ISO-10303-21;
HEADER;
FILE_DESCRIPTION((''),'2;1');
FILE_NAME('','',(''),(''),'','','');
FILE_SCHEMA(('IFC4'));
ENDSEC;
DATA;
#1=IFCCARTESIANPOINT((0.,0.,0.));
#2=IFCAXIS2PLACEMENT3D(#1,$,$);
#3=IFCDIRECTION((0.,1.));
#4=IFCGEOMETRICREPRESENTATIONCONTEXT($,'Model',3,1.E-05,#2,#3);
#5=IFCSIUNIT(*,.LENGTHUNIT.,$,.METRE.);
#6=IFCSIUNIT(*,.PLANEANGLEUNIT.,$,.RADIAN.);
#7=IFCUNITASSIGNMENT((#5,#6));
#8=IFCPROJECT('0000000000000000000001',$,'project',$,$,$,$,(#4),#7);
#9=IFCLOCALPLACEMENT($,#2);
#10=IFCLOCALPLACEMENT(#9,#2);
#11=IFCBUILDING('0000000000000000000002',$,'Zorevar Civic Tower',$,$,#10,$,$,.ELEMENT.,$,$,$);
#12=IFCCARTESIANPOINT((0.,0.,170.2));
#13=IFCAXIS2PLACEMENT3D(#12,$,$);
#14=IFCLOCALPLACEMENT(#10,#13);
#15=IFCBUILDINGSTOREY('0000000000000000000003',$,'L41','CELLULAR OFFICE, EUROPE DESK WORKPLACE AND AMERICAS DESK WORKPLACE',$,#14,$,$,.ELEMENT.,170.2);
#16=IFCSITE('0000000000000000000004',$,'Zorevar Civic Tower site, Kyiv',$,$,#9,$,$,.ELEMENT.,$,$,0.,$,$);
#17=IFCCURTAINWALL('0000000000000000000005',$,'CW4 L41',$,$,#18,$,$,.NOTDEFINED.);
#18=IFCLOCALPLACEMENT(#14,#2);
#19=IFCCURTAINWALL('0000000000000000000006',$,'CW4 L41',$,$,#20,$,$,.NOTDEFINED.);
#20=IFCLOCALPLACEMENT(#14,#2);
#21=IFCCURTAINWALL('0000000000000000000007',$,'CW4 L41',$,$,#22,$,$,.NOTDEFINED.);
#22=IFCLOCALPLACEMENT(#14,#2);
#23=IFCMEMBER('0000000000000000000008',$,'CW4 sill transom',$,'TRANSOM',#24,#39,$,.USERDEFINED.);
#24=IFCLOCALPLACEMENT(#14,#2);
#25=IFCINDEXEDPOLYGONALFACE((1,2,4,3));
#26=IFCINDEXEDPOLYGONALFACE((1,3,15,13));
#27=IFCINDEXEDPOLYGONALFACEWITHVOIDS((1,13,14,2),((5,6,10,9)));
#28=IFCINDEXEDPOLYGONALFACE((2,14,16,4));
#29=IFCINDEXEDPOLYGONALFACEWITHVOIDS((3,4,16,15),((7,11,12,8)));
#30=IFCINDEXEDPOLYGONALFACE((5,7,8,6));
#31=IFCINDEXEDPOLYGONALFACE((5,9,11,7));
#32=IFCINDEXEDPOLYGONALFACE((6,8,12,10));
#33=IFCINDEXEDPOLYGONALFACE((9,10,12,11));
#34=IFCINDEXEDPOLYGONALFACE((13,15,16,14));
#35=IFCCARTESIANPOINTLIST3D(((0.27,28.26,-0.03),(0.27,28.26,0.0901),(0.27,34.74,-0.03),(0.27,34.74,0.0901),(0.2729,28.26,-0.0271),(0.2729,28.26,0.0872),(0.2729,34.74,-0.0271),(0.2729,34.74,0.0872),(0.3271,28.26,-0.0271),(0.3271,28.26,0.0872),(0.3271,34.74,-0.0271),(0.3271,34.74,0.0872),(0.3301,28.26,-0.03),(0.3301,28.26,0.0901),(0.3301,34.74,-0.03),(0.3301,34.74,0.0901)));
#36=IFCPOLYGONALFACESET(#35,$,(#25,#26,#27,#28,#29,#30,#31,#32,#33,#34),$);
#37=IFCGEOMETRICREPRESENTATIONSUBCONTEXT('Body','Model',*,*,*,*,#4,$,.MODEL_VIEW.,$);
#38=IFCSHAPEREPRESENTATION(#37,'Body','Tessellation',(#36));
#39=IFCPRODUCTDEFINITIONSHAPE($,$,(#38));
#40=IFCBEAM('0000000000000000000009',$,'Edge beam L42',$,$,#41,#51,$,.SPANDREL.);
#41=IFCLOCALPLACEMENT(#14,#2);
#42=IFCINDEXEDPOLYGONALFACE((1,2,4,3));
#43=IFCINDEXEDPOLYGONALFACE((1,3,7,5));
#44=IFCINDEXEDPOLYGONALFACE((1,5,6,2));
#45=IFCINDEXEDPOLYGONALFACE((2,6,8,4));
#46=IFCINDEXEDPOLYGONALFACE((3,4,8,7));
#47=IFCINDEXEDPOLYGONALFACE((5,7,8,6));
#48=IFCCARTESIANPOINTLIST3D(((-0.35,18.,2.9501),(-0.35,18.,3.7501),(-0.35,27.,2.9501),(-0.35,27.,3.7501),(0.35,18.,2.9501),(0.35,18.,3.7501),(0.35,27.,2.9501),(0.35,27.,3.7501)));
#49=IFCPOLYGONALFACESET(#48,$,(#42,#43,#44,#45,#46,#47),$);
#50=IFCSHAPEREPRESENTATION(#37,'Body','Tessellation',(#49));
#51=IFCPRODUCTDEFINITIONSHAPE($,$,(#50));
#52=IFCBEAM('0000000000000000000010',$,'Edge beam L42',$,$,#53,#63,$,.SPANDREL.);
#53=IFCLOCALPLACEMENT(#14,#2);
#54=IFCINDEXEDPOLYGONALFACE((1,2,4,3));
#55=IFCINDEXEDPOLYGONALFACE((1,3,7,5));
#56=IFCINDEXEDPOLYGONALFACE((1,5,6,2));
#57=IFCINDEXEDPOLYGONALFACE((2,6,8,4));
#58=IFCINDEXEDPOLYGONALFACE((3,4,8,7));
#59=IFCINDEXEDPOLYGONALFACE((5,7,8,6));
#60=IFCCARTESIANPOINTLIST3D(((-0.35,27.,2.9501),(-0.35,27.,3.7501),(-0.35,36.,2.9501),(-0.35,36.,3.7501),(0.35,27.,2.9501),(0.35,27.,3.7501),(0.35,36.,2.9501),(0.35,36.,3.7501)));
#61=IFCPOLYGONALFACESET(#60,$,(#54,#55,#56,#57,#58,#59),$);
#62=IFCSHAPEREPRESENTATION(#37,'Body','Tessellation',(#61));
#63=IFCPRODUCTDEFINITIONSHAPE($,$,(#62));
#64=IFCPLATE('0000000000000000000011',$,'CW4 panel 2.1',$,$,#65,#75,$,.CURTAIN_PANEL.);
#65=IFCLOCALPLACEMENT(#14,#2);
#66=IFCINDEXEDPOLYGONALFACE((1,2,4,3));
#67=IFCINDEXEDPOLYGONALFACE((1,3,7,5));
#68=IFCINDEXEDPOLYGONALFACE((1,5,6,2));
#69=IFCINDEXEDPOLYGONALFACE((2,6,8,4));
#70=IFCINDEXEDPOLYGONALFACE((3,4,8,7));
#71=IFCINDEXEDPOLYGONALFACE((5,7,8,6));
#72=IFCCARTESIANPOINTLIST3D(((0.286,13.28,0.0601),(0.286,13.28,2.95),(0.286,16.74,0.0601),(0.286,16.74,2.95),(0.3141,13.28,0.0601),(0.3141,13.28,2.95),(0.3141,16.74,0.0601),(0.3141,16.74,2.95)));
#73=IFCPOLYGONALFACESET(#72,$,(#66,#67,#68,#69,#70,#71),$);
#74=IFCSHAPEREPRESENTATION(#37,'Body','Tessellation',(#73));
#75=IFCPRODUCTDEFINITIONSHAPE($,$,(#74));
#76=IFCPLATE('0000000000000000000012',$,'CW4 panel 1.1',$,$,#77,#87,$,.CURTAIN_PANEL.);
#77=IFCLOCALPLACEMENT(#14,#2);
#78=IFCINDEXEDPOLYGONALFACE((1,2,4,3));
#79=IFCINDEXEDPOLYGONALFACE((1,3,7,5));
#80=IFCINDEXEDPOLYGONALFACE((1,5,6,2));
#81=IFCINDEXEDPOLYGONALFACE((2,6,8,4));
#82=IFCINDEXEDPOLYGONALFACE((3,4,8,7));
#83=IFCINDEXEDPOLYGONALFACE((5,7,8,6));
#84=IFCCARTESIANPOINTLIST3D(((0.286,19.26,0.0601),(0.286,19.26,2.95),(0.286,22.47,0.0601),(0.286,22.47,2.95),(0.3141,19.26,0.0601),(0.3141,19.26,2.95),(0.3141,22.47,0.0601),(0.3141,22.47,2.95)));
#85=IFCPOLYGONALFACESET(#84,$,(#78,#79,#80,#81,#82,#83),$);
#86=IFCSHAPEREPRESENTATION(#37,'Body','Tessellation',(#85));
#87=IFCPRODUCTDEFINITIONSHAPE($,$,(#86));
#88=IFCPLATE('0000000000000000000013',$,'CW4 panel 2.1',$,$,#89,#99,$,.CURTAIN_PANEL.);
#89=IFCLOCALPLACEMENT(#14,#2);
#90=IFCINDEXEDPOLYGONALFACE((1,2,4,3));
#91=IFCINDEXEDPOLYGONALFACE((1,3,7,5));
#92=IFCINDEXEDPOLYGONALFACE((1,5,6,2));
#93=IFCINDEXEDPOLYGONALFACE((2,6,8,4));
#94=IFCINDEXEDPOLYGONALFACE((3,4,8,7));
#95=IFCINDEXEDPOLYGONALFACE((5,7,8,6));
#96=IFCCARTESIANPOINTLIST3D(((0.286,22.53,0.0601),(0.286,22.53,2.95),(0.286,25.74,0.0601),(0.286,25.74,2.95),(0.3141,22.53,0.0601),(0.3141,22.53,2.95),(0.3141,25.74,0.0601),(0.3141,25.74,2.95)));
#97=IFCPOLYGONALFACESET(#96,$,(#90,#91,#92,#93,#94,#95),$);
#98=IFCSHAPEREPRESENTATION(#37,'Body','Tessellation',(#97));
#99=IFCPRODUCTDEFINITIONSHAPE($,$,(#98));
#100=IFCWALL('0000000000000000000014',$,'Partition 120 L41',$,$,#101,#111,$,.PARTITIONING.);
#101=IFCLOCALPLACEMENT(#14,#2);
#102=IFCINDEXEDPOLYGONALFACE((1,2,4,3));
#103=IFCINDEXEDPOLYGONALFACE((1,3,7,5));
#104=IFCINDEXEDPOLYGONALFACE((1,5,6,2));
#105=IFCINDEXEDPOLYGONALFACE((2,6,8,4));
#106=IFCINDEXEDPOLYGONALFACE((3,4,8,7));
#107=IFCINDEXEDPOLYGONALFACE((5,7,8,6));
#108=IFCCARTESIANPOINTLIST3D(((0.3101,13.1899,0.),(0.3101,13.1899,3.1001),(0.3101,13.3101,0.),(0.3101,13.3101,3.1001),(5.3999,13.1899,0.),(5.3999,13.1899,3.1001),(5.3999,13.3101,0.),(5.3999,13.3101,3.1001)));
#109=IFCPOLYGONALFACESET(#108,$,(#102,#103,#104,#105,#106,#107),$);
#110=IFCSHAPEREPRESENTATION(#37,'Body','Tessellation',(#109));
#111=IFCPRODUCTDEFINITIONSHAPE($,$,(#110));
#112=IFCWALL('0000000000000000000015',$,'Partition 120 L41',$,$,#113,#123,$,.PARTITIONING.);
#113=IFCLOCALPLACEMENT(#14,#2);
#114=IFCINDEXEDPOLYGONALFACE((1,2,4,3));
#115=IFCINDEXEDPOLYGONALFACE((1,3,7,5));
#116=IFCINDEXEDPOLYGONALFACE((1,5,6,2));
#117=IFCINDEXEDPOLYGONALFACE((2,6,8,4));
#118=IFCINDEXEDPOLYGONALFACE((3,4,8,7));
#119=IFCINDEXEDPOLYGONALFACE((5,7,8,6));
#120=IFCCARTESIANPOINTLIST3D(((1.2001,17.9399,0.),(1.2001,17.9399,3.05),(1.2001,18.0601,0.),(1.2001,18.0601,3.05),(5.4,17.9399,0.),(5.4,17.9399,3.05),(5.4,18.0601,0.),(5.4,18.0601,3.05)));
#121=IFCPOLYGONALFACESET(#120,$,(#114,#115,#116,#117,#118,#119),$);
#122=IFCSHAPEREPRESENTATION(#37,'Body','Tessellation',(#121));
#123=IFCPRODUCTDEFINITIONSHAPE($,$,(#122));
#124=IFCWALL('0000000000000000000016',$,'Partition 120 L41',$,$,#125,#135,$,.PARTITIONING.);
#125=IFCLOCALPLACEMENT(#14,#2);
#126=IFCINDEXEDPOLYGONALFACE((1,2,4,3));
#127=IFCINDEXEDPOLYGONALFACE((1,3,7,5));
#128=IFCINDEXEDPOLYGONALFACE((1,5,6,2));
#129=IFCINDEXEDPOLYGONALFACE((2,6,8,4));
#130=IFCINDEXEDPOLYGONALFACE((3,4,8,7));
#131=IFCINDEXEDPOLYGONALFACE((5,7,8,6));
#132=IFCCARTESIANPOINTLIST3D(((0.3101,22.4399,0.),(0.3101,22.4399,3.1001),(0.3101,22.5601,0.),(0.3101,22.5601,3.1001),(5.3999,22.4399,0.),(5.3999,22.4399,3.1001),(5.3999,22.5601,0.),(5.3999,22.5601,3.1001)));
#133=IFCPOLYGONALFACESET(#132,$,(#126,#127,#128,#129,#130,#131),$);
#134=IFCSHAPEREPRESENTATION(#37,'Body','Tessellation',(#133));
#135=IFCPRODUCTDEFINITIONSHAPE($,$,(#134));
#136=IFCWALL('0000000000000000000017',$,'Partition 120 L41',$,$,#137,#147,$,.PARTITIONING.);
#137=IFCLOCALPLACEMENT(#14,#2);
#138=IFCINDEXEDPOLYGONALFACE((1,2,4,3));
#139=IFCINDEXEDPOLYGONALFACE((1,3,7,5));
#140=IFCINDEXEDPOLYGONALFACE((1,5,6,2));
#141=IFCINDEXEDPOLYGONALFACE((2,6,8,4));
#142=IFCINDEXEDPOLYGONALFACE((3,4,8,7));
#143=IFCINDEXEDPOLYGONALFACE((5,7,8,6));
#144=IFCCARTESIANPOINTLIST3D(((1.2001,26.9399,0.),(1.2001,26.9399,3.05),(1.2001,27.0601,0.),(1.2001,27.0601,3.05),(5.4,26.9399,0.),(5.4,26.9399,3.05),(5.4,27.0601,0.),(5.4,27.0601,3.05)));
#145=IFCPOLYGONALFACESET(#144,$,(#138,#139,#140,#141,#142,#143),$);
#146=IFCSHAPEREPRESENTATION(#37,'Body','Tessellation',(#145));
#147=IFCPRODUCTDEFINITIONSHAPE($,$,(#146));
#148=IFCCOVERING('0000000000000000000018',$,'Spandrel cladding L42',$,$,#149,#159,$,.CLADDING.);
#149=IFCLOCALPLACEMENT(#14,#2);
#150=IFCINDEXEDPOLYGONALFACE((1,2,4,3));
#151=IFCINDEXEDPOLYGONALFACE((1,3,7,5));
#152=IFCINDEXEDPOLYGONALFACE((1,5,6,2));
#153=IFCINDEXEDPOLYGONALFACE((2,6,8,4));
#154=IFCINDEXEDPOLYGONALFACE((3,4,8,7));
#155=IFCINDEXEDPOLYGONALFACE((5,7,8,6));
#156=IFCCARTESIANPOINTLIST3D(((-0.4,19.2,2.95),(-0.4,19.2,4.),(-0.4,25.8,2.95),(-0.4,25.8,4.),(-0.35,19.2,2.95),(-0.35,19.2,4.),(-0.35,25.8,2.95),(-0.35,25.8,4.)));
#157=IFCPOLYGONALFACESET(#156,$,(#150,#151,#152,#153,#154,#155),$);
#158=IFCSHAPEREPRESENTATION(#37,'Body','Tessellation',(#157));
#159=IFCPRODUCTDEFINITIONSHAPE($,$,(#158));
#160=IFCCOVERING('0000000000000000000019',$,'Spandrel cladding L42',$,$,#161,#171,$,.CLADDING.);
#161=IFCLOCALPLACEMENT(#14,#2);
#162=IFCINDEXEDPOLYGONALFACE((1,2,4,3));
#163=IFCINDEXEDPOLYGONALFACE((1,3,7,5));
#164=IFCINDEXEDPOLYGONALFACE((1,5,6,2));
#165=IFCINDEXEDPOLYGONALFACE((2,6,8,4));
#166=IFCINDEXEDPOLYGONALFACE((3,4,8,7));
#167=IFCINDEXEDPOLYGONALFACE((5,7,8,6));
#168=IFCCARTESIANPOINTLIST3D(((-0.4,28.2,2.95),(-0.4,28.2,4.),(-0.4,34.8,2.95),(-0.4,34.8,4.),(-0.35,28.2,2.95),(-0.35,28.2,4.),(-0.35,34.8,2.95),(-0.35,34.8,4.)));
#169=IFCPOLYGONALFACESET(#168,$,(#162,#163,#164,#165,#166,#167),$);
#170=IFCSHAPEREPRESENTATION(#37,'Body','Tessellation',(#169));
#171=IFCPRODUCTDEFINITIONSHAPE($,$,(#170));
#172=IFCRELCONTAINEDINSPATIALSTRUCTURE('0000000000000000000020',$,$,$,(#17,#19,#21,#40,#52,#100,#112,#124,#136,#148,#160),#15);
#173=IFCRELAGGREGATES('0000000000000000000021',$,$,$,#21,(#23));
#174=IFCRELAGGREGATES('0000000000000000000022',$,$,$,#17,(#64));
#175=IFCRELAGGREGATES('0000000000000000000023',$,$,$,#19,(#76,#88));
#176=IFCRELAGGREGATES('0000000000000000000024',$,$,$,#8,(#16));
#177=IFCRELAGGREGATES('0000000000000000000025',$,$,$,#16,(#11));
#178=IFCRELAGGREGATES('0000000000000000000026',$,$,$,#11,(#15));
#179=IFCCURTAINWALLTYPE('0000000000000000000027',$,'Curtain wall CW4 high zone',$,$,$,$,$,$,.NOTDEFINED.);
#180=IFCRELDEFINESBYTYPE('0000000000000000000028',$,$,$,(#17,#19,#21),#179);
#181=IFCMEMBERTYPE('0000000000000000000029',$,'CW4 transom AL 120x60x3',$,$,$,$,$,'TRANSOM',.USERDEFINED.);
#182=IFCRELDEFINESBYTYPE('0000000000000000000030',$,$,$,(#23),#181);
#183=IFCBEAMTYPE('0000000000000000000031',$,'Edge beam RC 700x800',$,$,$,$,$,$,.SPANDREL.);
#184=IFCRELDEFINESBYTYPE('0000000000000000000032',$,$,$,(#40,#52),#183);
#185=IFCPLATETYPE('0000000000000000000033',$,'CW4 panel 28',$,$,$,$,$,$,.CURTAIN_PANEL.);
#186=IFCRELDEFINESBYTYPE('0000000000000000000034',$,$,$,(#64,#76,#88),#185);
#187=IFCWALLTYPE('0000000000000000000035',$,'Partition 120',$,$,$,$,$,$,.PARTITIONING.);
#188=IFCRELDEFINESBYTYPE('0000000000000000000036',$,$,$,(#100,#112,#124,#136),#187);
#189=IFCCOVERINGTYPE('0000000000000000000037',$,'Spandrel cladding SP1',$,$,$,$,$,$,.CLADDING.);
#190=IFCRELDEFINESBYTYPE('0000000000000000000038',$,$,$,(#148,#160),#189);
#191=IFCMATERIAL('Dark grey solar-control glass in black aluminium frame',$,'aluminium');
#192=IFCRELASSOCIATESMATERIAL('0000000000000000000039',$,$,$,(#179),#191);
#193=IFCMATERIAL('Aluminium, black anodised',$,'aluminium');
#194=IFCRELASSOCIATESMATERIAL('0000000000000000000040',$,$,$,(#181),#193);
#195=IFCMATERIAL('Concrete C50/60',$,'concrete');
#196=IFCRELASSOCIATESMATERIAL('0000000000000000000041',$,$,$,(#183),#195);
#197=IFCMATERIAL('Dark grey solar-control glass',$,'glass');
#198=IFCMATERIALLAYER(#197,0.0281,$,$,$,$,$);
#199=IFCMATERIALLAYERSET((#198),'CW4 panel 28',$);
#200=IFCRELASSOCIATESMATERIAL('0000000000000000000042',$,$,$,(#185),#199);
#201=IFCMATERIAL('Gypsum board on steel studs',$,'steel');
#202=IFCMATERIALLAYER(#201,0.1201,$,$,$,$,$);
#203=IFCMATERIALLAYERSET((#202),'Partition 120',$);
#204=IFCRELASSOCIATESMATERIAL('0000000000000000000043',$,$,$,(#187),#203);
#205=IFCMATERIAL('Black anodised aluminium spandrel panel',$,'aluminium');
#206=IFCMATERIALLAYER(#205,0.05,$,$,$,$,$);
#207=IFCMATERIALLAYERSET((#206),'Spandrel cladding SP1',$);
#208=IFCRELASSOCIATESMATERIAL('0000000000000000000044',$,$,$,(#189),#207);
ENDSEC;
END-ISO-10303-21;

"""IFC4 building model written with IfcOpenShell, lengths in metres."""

from ifc_helpers import new_model, si_unit, direction, frame, frame_2d, origin, origin_2d, place, context, subcontext, project, spatial, rectangle, hollow_rectangle, extrude, material, layer, layer_set, material_profile, profile_set, type_object, element, aggregate, save


model = new_model("IFC4")

# Units and contexts
model_context = context("Model", 3, precision=1e-05, world=origin(), true_north=direction((0.0, 1.0)))
body_context = subcontext(model_context, "Body", "Model", "MODEL_VIEW")
ifc_project = project(units=[si_unit("LENGTHUNIT", "METRE"), si_unit("PLANEANGLEUNIT", "RADIAN")], contexts=[model_context])

# Site, building, storey
site_placement = place(None, origin())
site = spatial("IfcSite", under=ifc_project, at=site_placement, Name="Zorevar Civic Tower site, Kyiv", CompositionType="ELEMENT", RefElevation=0.0)
building_placement = place(site_placement, origin())
building = spatial("IfcBuilding", under=site, at=building_placement, Name="Zorevar Civic Tower", CompositionType="ELEMENT")
storey_placement = place(building_placement, frame((0.0, 0.0, 170.2)))
storey = spatial("IfcBuildingStorey", under=building, at=storey_placement, Name="L41", Description="CELLULAR OFFICE, EUROPE DESK WORKPLACE AND AMERICAS DESK WORKPLACE", CompositionType="ELEMENT", Elevation=170.2)

# Curtain wall
ifc_material_1 = material(Name="Dark grey solar-control glass in black aluminium frame", Category="aluminium")
curtain_wall_type = type_object("IfcCurtainWallType", Name="Curtain wall CW4 high zone", PredefinedType="NOTDEFINED", material=ifc_material_1)
curtain_wall_1_placement = place(storey_placement, origin())
curtain_wall_1 = element("IfcCurtainWall", 1, at=curtain_wall_1_placement, inside=storey, type_object=curtain_wall_type, Name="CW4 L41", PredefinedType="NOTDEFINED")

# Curtain wall
curtain_wall_2_placement = place(storey_placement, origin())
curtain_wall_2 = element("IfcCurtainWall", 2, at=curtain_wall_2_placement, inside=storey, type_object=curtain_wall_type, Name="CW4 L41", PredefinedType="NOTDEFINED")

# Curtain wall
curtain_wall_3_placement = place(storey_placement, origin())
curtain_wall_3 = element("IfcCurtainWall", 3, at=curtain_wall_3_placement, inside=storey, type_object=curtain_wall_type, Name="CW4 L41", PredefinedType="NOTDEFINED")

# Member
ifc_material_2 = material(Name="Aluminium, black anodised", Category="aluminium")
ifc_material_profile_1 = material_profile(ifc_material_2, hollow_rectangle(XDim=0.0601, YDim=0.1201, WallThickness=0.0029, at=origin_2d()), Name="AL 120x60x3")
ifc_profile_set_1 = profile_set([ifc_material_profile_1], Name="Aluminium, black anodised")
member_type_1 = type_object("IfcMemberType", Name="CW4 transom AL 120x60x3", ElementType="TRANSOM", PredefinedType="USERDEFINED", material=ifc_profile_set_1)
member_1_placement = place(storey_placement, frame((0.3, 28.26, 0.03), z_axis=(0.0, 1.0, 0.0), x_axis=(-1.0, 0.0, 0.0)))
member_1 = element("IfcMember", 4, at=member_1_placement, type_object=member_type_1, Name="CW4 sill transom", ObjectType="TRANSOM", PredefinedType="USERDEFINED", context=body_context, shape_type="SweptSolid", body=[
    extrude(hollow_rectangle(XDim=0.0601, YDim=0.1201, WallThickness=0.0029, at=origin_2d()), origin(), (0.0, 0.0, 1.0), 6.48),
])
aggregate(curtain_wall_3, [member_1])

# Beams
ifc_material_3 = material(Name="Concrete C50/60", Category="concrete")
ifc_material_profile_2 = material_profile(ifc_material_3, rectangle(XDim=0.7, YDim=0.8, at=origin_2d()), Name="RC 700x800")
ifc_profile_set_2 = profile_set([ifc_material_profile_2], Name="Concrete C50/60")
beam_type_1 = type_object("IfcBeamType", Name="Edge beam RC 700x800", PredefinedType="SPANDREL", material=ifc_profile_set_2)
for number, where, z_axis, x_axis, name in (
    (5, (0.0, 18.0, 3.3501), (0.0, 1.0, 0.0), (-1.0, 0.0, 0.0), "Edge beam L42"),
    (6, (0.0, 27.0, 3.3501), (0.0, 1.0, 0.0), (-1.0, 0.0, 0.0), "Edge beam L42"),
):
    element("IfcBeam", number, at=place(storey_placement, frame(where, z_axis=z_axis, x_axis=x_axis)), inside=storey, type_object=beam_type_1, Name=name, PredefinedType="SPANDREL", context=body_context, shape_type="SweptSolid", body=[
        extrude(rectangle(XDim=0.7, YDim=0.8, at=origin_2d()), origin(), (0.0, 0.0, 1.0), 9.0),
    ])

# Plates
ifc_material_4 = material(Name="Dark grey solar-control glass", Category="glass")
ifc_layer_1 = layer(ifc_material_4, 0.0281)
ifc_layer_set_1 = layer_set([ifc_layer_1], Name="CW4 panel 28")
plate_type = type_object("IfcPlateType", Name="CW4 panel 28", PredefinedType="CURTAIN_PANEL", material=ifc_layer_set_1)
plate_1_placement = place(storey_placement, frame((0.3, 15.01, 0.0601), z_axis=(0.0, 0.0, 1.0), x_axis=(0.0, 1.0, 0.0)))
plate_1 = element("IfcPlate", 7, at=plate_1_placement, type_object=plate_type, Name="CW4 panel 2.1", PredefinedType="CURTAIN_PANEL", context=body_context, shape_type="SweptSolid", body=[
    extrude(rectangle(XDim=3.46, YDim=0.0281, at=origin_2d()), origin(), (0.0, 0.0, 1.0), 2.8899),
])
aggregate(curtain_wall_1, [plate_1])
plate_2_placement = place(storey_placement, frame((0.3, 20.865, 0.0601), z_axis=(0.0, 0.0, 1.0), x_axis=(0.0, 1.0, 0.0)))
plate_2 = element("IfcPlate", 8, at=plate_2_placement, type_object=plate_type, Name="CW4 panel 1.1", PredefinedType="CURTAIN_PANEL", context=body_context, shape_type="SweptSolid", body=[
    extrude(rectangle(XDim=3.21, YDim=0.0281, at=origin_2d()), origin(), (0.0, 0.0, 1.0), 2.8899),
])
plate_3_placement = place(storey_placement, frame((0.3, 24.135, 0.0601), z_axis=(0.0, 0.0, 1.0), x_axis=(0.0, 1.0, 0.0)))
plate_3 = element("IfcPlate", 9, at=plate_3_placement, type_object=plate_type, Name="CW4 panel 2.1", PredefinedType="CURTAIN_PANEL", context=body_context, shape_type="SweptSolid", body=[
    extrude(rectangle(XDim=3.21, YDim=0.0281, at=origin_2d()), origin(), (0.0, 0.0, 1.0), 2.8899),
])
aggregate(curtain_wall_2, [plate_2, plate_3])

# Walls
ifc_material_5 = material(Name="Gypsum board on steel studs", Category="steel")
ifc_layer_2 = layer(ifc_material_5, 0.1201)
ifc_layer_set_2 = layer_set([ifc_layer_2], Name="Partition 120")
wall_type = type_object("IfcWallType", Name="Partition 120", PredefinedType="PARTITIONING", material=ifc_layer_set_2)
wall_1_placement = place(storey_placement, frame((0.3101, 13.25, 0.0), z_axis=(0.0, 0.0, 1.0), x_axis=(1.0, 0.0, 0.0)))
element("IfcWall", 10, at=wall_1_placement, inside=storey, type_object=wall_type, Name="Partition 120 L41", PredefinedType="PARTITIONING", context=body_context, shape_type="SweptSolid", body=[
    extrude(rectangle(XDim=5.0898, YDim=0.1201, at=frame_2d((2.5449, 0.0))), origin(), (0.0, 0.0, 1.0), 3.1001),
])
wall_2_placement = place(storey_placement, frame((1.2, 18.0, 0.0), z_axis=(0.0, 0.0, 1.0), x_axis=(1.0, 0.0, 0.0)))
element("IfcWall", 11, at=wall_2_placement, inside=storey, type_object=wall_type, Name="Partition 120 L41", PredefinedType="PARTITIONING", context=body_context, shape_type="SweptSolid", body=[
    extrude(rectangle(XDim=4.2, YDim=0.1201, at=frame_2d((2.1001, 0.0))), origin(), (0.0, 0.0, 1.0), 3.05),
])
wall_3_placement = place(storey_placement, frame((0.3101, 22.5, 0.0), z_axis=(0.0, 0.0, 1.0), x_axis=(1.0, 0.0, 0.0)))
element("IfcWall", 12, at=wall_3_placement, inside=storey, type_object=wall_type, Name="Partition 120 L41", PredefinedType="PARTITIONING", context=body_context, shape_type="SweptSolid", body=[
    extrude(rectangle(XDim=5.0898, YDim=0.1201, at=frame_2d((2.5449, 0.0))), origin(), (0.0, 0.0, 1.0), 3.1001),
])
wall_4_placement = place(storey_placement, frame((1.2, 27.0, 0.0), z_axis=(0.0, 0.0, 1.0), x_axis=(1.0, 0.0, 0.0)))
element("IfcWall", 13, at=wall_4_placement, inside=storey, type_object=wall_type, Name="Partition 120 L41", PredefinedType="PARTITIONING", context=body_context, shape_type="SweptSolid", body=[
    extrude(rectangle(XDim=4.2, YDim=0.1201, at=frame_2d((2.1001, 0.0))), origin(), (0.0, 0.0, 1.0), 3.05),
])

# Coverings
ifc_material_6 = material(Name="Black anodised aluminium spandrel panel", Category="aluminium")
ifc_layer_3 = layer(ifc_material_6, 0.05)
ifc_layer_set_3 = layer_set([ifc_layer_3], Name="Spandrel cladding SP1")
covering_type = type_object("IfcCoveringType", Name="Spandrel cladding SP1", PredefinedType="CLADDING", material=ifc_layer_set_3)
for number, where, z_axis, x_axis, name in (
    (14, (-0.375, 19.2, 2.95), (0.0, 0.0, 1.0), (0.0, 1.0, 0.0), "Spandrel cladding L42"),
    (15, (-0.375, 28.2, 2.95), (0.0, 0.0, 1.0), (0.0, 1.0, 0.0), "Spandrel cladding L42"),
):
    element("IfcCovering", number, at=place(storey_placement, frame(where, z_axis=z_axis, x_axis=x_axis)), inside=storey, type_object=covering_type, Name=name, PredefinedType="CLADDING", context=body_context, shape_type="SweptSolid", body=[
        extrude(rectangle(XDim=6.6001, YDim=0.05, at=frame_2d((3.3, 0.0))), origin(), (0.0, 0.0, 1.0), 1.05),
    ])

save(model, "model.ifc")
